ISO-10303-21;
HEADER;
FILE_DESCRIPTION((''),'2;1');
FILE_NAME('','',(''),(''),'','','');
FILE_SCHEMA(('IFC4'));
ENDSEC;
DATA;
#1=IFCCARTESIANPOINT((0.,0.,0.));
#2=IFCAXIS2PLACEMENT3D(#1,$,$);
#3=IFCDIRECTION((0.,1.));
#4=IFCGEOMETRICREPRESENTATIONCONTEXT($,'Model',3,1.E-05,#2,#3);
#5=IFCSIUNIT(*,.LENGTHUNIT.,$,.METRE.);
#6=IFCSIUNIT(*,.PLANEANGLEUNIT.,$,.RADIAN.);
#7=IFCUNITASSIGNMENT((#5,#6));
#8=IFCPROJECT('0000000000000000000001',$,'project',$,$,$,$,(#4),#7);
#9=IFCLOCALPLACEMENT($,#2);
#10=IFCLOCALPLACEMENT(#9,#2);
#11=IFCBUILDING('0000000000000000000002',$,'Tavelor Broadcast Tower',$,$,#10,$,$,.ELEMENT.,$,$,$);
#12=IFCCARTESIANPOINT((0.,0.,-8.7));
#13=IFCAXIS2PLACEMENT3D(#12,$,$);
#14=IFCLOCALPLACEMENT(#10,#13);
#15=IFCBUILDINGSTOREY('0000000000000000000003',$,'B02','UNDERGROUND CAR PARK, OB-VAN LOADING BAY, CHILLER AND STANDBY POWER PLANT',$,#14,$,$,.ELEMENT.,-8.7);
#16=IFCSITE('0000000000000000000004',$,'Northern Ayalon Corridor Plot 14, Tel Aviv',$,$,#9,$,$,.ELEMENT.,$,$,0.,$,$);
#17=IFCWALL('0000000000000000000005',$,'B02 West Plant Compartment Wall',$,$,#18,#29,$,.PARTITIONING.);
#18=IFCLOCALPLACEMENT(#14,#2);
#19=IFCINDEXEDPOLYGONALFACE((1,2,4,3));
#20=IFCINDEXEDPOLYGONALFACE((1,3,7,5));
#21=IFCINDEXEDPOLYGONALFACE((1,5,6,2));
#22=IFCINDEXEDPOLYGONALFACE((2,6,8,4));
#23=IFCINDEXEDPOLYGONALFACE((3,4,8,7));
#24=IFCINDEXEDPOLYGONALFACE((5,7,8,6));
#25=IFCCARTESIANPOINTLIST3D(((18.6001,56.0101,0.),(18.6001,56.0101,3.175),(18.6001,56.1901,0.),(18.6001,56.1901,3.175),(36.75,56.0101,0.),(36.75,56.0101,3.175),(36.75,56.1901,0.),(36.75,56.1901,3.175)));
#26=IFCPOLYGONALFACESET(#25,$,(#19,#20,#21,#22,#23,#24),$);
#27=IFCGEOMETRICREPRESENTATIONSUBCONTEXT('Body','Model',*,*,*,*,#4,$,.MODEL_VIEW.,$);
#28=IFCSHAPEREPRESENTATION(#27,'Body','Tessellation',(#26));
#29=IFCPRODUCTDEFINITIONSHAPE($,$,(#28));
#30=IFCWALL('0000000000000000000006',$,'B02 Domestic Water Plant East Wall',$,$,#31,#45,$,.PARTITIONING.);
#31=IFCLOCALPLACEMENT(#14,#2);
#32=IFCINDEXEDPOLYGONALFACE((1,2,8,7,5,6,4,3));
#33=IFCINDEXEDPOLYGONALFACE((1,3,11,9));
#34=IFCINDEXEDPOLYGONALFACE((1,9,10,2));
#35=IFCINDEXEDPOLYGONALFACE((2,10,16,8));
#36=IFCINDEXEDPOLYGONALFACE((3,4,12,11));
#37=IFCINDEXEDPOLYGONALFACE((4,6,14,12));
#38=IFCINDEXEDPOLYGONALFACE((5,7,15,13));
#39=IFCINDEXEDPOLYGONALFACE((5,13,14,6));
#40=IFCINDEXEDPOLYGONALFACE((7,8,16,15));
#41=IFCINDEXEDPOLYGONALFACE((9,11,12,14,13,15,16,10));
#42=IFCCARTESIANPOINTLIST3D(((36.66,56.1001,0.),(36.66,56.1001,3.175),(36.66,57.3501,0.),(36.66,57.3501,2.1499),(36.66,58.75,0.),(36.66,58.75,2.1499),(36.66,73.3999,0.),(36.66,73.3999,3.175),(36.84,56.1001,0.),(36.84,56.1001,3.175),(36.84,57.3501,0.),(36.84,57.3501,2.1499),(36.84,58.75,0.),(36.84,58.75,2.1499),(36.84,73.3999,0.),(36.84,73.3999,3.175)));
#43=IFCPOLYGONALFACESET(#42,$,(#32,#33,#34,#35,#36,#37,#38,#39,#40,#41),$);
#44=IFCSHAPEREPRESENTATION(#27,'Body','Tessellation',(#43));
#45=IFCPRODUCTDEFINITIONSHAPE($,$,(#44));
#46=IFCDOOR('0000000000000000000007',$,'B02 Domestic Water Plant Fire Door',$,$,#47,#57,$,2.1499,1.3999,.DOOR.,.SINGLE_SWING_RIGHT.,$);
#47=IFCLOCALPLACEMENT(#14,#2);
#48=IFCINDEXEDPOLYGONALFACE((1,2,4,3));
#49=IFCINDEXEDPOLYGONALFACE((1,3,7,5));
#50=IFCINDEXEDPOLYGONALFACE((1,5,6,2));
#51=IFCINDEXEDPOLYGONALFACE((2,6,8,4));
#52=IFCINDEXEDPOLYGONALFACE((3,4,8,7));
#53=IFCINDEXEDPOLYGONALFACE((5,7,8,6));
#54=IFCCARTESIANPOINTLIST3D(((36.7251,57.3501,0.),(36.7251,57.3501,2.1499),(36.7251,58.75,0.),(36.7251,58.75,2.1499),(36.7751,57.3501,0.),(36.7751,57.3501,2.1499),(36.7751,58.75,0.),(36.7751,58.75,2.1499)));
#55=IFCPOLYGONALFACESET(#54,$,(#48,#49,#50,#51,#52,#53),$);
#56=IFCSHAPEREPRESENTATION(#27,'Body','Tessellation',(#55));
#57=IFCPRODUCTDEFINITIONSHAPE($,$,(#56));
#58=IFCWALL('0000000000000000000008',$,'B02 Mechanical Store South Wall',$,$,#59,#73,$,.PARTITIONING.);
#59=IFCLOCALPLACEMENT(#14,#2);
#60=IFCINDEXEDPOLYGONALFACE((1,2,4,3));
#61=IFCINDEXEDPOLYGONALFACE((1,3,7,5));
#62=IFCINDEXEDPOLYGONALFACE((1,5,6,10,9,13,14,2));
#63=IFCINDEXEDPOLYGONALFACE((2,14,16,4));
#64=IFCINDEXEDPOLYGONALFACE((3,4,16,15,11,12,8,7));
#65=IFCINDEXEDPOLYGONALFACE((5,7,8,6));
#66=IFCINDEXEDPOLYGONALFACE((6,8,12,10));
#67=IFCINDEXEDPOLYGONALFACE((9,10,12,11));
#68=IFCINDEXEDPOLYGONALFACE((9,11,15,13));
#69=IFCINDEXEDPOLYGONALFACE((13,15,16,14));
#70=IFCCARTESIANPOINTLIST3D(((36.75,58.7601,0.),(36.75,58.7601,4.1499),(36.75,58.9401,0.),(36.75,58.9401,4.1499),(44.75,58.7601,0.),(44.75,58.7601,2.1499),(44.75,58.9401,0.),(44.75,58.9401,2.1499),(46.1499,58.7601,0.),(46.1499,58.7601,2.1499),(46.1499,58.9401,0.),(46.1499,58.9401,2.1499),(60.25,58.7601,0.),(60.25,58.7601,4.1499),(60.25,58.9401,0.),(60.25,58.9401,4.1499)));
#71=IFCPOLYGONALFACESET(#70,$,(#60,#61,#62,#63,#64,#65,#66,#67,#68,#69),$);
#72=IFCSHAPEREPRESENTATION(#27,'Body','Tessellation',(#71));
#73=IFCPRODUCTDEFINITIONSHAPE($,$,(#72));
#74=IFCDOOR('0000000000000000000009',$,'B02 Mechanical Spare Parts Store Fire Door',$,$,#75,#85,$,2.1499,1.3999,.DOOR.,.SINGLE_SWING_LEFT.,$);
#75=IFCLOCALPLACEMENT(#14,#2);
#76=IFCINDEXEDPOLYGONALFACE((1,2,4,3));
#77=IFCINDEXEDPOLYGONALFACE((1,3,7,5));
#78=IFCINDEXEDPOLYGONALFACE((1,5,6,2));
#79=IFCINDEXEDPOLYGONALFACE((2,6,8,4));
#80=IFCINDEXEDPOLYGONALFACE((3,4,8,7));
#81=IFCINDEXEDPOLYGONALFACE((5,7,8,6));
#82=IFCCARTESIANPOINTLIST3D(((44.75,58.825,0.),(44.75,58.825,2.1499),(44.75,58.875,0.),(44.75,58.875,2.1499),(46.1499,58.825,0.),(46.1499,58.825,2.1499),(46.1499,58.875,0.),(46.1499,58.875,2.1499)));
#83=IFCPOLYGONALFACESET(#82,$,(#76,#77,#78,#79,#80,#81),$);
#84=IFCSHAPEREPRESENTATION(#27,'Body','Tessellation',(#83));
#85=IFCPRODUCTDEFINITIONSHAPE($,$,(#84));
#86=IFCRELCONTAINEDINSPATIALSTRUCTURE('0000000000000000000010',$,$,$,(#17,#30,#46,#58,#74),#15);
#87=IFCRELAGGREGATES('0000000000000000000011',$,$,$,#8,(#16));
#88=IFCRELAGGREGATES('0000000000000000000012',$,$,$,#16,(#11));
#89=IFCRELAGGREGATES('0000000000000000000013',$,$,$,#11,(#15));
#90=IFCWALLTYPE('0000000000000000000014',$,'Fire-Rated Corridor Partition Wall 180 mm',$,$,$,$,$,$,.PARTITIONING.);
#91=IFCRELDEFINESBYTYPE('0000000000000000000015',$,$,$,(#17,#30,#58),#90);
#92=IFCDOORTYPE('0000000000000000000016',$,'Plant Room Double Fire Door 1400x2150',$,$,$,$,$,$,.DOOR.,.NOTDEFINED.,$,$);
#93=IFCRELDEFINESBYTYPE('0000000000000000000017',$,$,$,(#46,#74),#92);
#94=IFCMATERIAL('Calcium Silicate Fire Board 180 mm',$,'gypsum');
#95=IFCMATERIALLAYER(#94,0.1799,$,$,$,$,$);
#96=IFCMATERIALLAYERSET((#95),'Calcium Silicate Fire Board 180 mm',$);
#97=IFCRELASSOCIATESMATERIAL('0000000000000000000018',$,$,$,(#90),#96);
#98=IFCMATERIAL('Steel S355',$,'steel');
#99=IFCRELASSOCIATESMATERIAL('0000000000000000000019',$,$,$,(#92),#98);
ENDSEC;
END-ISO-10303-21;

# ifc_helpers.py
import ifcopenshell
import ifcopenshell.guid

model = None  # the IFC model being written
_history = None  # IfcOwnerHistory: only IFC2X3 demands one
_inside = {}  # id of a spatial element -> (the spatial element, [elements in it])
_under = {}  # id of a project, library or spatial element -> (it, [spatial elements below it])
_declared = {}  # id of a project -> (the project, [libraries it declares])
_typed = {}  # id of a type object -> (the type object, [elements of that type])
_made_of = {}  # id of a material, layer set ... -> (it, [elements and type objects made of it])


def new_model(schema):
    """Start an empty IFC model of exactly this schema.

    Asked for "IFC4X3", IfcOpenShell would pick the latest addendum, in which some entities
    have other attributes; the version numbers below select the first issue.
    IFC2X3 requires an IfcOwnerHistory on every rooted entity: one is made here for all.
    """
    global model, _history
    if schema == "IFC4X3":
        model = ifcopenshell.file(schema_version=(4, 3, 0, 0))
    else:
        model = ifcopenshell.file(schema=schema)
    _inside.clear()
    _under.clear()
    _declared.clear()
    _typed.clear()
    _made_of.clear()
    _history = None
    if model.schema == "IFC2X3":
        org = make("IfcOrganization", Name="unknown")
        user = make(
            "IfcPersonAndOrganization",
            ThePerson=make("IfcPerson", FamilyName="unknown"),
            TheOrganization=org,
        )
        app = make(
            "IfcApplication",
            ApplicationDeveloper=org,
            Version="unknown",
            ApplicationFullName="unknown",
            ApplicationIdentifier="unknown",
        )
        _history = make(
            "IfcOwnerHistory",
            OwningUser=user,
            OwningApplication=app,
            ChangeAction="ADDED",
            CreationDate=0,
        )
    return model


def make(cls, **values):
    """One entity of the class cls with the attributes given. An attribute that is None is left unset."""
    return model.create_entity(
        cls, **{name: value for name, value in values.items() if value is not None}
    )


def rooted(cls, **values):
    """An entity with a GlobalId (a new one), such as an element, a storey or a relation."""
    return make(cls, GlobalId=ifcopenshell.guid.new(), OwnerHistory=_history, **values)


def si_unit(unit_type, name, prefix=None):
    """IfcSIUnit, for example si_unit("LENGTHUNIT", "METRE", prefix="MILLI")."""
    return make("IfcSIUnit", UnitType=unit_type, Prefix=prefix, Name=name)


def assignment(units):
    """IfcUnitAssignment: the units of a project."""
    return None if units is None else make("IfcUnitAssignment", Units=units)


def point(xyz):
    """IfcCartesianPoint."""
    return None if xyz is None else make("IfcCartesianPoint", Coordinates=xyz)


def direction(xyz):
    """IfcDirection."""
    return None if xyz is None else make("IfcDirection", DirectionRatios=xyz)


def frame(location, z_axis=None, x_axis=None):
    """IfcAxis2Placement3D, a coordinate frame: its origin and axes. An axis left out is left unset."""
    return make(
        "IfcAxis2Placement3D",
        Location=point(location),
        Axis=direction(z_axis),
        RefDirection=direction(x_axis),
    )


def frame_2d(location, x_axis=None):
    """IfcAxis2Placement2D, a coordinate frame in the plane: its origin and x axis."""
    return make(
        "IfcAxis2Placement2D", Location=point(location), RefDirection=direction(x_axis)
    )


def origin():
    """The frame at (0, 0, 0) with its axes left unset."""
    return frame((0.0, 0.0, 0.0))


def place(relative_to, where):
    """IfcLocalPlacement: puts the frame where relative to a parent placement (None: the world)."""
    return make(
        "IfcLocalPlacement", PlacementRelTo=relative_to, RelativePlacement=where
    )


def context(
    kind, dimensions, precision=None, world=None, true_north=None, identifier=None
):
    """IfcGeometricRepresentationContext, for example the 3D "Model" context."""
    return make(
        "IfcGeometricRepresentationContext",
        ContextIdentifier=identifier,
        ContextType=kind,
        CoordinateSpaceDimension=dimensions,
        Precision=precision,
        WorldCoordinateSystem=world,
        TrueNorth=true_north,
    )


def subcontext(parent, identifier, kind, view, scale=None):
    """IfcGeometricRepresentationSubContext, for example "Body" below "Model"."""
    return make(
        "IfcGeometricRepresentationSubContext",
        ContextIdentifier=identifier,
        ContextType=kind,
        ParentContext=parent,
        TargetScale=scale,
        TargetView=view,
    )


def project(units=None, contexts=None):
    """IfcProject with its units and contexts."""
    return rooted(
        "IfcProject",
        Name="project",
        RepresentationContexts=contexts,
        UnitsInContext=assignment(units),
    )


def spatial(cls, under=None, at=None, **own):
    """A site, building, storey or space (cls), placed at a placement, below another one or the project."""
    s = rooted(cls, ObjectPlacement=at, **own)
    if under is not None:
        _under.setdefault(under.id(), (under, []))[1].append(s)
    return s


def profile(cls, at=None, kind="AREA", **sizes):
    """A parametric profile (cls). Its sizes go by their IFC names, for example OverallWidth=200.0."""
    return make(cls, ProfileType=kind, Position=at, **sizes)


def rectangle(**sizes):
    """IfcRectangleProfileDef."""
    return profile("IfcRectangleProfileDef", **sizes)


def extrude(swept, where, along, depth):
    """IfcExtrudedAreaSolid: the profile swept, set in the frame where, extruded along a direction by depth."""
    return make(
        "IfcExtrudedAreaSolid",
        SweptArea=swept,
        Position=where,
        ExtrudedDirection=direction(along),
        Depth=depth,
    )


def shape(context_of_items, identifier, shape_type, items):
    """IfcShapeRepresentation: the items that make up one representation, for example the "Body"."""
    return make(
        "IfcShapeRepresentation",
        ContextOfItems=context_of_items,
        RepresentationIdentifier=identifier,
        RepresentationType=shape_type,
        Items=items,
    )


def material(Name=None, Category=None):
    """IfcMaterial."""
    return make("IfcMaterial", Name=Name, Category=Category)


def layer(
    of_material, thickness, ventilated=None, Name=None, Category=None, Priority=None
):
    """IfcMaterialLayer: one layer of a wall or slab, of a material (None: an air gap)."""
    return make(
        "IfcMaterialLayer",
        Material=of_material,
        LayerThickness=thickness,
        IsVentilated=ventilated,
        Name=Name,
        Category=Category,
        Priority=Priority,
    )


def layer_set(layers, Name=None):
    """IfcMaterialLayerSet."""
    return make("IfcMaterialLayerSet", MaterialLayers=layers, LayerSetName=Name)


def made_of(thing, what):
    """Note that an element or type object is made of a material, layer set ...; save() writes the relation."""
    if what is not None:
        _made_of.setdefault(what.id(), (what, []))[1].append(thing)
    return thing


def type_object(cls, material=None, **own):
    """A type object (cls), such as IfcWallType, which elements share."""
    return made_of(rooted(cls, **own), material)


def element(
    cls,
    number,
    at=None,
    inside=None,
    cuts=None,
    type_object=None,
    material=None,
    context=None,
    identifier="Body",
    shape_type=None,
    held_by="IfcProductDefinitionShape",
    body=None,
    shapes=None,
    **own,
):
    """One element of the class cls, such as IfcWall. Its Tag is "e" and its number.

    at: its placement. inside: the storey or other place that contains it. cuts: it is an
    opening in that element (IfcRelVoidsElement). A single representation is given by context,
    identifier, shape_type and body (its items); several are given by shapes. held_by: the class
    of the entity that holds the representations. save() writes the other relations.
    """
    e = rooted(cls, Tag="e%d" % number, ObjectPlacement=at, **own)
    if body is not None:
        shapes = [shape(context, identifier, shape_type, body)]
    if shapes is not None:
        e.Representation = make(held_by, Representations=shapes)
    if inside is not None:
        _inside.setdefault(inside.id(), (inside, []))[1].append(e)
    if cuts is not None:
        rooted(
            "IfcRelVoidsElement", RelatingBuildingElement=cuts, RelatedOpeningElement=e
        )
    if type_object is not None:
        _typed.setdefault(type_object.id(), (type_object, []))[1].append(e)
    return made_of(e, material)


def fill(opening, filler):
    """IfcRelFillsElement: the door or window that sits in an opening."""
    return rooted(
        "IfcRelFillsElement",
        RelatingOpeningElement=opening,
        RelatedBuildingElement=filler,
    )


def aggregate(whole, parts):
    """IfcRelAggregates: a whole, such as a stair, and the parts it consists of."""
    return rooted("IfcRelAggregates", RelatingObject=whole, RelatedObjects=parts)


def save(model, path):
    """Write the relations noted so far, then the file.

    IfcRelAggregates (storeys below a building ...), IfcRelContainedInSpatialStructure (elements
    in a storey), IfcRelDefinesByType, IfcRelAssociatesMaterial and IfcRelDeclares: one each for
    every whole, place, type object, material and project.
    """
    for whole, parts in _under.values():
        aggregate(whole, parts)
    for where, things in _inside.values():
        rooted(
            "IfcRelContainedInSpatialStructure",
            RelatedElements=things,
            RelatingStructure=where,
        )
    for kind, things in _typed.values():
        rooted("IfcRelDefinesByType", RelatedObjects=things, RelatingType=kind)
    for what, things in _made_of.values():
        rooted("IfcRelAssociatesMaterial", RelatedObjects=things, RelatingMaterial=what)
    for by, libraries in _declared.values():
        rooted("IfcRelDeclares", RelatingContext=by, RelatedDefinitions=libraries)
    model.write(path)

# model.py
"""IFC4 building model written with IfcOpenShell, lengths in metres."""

from ifc_helpers import new_model, si_unit, direction, frame, frame_2d, origin, place, context, subcontext, project, spatial, rectangle, extrude, material, layer, layer_set, type_object, element, fill, save


model = new_model("IFC4")

# Units and contexts
model_context = context("Model", 3, precision=1e-05, world=origin(), true_north=direction((0.0, 1.0)))
body_context = subcontext(model_context, "Body", "Model", "MODEL_VIEW")
ifc_project = project(units=[si_unit("LENGTHUNIT", "METRE"), si_unit("PLANEANGLEUNIT", "RADIAN")], contexts=[model_context])

# Site, building, storey
site_placement = place(None, origin())
site = spatial("IfcSite", under=ifc_project, at=site_placement, Name="Northern Ayalon Corridor Plot 14, Tel Aviv", CompositionType="ELEMENT", RefElevation=0.0)
building_placement = place(site_placement, origin())
building = spatial("IfcBuilding", under=site, at=building_placement, Name="Tavelor Broadcast Tower", CompositionType="ELEMENT")
storey_placement = place(building_placement, frame((0.0, 0.0, -8.7)))
storey = spatial("IfcBuildingStorey", under=building, at=storey_placement, Name="B02", Description="UNDERGROUND CAR PARK, OB-VAN LOADING BAY, CHILLER AND STANDBY POWER PLANT", CompositionType="ELEMENT", Elevation=-8.7)

# Wall
ifc_material_1 = material(Name="Calcium Silicate Fire Board 180 mm", Category="gypsum")
ifc_layer_1 = layer(ifc_material_1, 0.1799)
ifc_layer_set_1 = layer_set([ifc_layer_1], Name="Calcium Silicate Fire Board 180 mm")
wall_type = type_object("IfcWallType", Name="Fire-Rated Corridor Partition Wall 180 mm", PredefinedType="PARTITIONING", material=ifc_layer_set_1)
wall_1_placement = place(storey_placement, frame((18.6001, 56.1001, 0.0), z_axis=(0.0, 0.0, 1.0), x_axis=(1.0, 0.0, 0.0)))
element("IfcWall", 1, at=wall_1_placement, inside=storey, type_object=wall_type, Name="B02 West Plant Compartment Wall", PredefinedType="PARTITIONING", context=body_context, shape_type="SweptSolid", body=[
    extrude(rectangle(XDim=18.1499, YDim=0.1799, at=frame_2d((9.075, 0.0))), origin(), (0.0, 0.0, 1.0), 3.175),
])

# Walls, openings, doors
wall_2_placement = place(storey_placement, frame((36.75, 56.1001, 0.0), z_axis=(0.0, 0.0, 1.0), x_axis=(0.0, 1.0, 0.0)))
wall_2 = element("IfcWall", 2, at=wall_2_placement, inside=storey, type_object=wall_type, Name="B02 Domestic Water Plant East Wall", PredefinedType="PARTITIONING", context=body_context, shape_type="SweptSolid", body=[
    extrude(rectangle(XDim=17.2998, YDim=0.1799, at=frame_2d((8.6499, 0.0))), origin(), (0.0, 0.0, 1.0), 3.175),
])
opening_1_placement = place(wall_2_placement, frame((1.25, 0.0, 0.0)))
opening_1 = element("IfcOpeningElement", 3, at=opening_1_placement, cuts=wall_2, PredefinedType="OPENING", context=body_context, shape_type="SweptSolid", body=[
    extrude(rectangle(XDim=1.3999, YDim=2.1499, at=frame_2d((0.7, 1.075))), frame((0.0, 0.1001, 0.0), z_axis=(0.0, -1.0, 0.0), x_axis=(1.0, 0.0, 0.0)), (0.0, 0.0, 1.0), 0.2),
])
ifc_material_2 = material(Name="Steel S355", Category="steel")
door_type = type_object("IfcDoorType", Name="Plant Room Double Fire Door 1400x2150", OperationType="NOTDEFINED", PredefinedType="DOOR", material=ifc_material_2)
door_1_placement = place(opening_1_placement, origin())
door_1 = element("IfcDoor", 4, at=door_1_placement, inside=storey, type_object=door_type, Name="B02 Domestic Water Plant Fire Door", OperationType="SINGLE_SWING_RIGHT", OverallHeight=2.1499, OverallWidth=1.3999, PredefinedType="DOOR", context=body_context, shape_type="SweptSolid", body=[
    extrude(rectangle(XDim=1.3999, YDim=2.1499, at=frame_2d((0.7, 1.075))), frame((0.0, 0.0249, 0.0), z_axis=(0.0, -1.0, 0.0), x_axis=(1.0, 0.0, 0.0)), (0.0, 0.0, 1.0), 0.05),
])
fill(opening_1, door_1)
wall_3_placement = place(storey_placement, frame((36.75, 58.8501, 0.0), z_axis=(0.0, 0.0, 1.0), x_axis=(1.0, 0.0, 0.0)))
wall_3 = element("IfcWall", 5, at=wall_3_placement, inside=storey, type_object=wall_type, Name="B02 Mechanical Store South Wall", PredefinedType="PARTITIONING", context=body_context, shape_type="SweptSolid", body=[
    extrude(rectangle(XDim=23.5, YDim=0.1799, at=frame_2d((11.75, 0.0))), origin(), (0.0, 0.0, 1.0), 4.1499),
])
opening_2_placement = place(wall_3_placement, frame((8.0, 0.0, 0.0)))
opening_2 = element("IfcOpeningElement", 6, at=opening_2_placement, cuts=wall_3, PredefinedType="OPENING", context=body_context, shape_type="SweptSolid", body=[
    extrude(rectangle(XDim=1.3999, YDim=2.1499, at=frame_2d((0.7, 1.075))), frame((0.0, 0.1001, 0.0), z_axis=(0.0, -1.0, 0.0), x_axis=(1.0, 0.0, 0.0)), (0.0, 0.0, 1.0), 0.2),
])
door_2_placement = place(opening_2_placement, origin())
door_2 = element("IfcDoor", 7, at=door_2_placement, inside=storey, type_object=door_type, Name="B02 Mechanical Spare Parts Store Fire Door", OperationType="SINGLE_SWING_LEFT", OverallHeight=2.1499, OverallWidth=1.3999, PredefinedType="DOOR", context=body_context, shape_type="SweptSolid", body=[
    extrude(rectangle(XDim=1.3999, YDim=2.1499, at=frame_2d((0.7, 1.075))), frame((0.0, 0.0249, 0.0), z_axis=(0.0, -1.0, 0.0), x_axis=(1.0, 0.0, 0.0)), (0.0, 0.0, 1.0), 0.05),
])
fill(opening_2, door_2)

save(model, "model.ifc")
